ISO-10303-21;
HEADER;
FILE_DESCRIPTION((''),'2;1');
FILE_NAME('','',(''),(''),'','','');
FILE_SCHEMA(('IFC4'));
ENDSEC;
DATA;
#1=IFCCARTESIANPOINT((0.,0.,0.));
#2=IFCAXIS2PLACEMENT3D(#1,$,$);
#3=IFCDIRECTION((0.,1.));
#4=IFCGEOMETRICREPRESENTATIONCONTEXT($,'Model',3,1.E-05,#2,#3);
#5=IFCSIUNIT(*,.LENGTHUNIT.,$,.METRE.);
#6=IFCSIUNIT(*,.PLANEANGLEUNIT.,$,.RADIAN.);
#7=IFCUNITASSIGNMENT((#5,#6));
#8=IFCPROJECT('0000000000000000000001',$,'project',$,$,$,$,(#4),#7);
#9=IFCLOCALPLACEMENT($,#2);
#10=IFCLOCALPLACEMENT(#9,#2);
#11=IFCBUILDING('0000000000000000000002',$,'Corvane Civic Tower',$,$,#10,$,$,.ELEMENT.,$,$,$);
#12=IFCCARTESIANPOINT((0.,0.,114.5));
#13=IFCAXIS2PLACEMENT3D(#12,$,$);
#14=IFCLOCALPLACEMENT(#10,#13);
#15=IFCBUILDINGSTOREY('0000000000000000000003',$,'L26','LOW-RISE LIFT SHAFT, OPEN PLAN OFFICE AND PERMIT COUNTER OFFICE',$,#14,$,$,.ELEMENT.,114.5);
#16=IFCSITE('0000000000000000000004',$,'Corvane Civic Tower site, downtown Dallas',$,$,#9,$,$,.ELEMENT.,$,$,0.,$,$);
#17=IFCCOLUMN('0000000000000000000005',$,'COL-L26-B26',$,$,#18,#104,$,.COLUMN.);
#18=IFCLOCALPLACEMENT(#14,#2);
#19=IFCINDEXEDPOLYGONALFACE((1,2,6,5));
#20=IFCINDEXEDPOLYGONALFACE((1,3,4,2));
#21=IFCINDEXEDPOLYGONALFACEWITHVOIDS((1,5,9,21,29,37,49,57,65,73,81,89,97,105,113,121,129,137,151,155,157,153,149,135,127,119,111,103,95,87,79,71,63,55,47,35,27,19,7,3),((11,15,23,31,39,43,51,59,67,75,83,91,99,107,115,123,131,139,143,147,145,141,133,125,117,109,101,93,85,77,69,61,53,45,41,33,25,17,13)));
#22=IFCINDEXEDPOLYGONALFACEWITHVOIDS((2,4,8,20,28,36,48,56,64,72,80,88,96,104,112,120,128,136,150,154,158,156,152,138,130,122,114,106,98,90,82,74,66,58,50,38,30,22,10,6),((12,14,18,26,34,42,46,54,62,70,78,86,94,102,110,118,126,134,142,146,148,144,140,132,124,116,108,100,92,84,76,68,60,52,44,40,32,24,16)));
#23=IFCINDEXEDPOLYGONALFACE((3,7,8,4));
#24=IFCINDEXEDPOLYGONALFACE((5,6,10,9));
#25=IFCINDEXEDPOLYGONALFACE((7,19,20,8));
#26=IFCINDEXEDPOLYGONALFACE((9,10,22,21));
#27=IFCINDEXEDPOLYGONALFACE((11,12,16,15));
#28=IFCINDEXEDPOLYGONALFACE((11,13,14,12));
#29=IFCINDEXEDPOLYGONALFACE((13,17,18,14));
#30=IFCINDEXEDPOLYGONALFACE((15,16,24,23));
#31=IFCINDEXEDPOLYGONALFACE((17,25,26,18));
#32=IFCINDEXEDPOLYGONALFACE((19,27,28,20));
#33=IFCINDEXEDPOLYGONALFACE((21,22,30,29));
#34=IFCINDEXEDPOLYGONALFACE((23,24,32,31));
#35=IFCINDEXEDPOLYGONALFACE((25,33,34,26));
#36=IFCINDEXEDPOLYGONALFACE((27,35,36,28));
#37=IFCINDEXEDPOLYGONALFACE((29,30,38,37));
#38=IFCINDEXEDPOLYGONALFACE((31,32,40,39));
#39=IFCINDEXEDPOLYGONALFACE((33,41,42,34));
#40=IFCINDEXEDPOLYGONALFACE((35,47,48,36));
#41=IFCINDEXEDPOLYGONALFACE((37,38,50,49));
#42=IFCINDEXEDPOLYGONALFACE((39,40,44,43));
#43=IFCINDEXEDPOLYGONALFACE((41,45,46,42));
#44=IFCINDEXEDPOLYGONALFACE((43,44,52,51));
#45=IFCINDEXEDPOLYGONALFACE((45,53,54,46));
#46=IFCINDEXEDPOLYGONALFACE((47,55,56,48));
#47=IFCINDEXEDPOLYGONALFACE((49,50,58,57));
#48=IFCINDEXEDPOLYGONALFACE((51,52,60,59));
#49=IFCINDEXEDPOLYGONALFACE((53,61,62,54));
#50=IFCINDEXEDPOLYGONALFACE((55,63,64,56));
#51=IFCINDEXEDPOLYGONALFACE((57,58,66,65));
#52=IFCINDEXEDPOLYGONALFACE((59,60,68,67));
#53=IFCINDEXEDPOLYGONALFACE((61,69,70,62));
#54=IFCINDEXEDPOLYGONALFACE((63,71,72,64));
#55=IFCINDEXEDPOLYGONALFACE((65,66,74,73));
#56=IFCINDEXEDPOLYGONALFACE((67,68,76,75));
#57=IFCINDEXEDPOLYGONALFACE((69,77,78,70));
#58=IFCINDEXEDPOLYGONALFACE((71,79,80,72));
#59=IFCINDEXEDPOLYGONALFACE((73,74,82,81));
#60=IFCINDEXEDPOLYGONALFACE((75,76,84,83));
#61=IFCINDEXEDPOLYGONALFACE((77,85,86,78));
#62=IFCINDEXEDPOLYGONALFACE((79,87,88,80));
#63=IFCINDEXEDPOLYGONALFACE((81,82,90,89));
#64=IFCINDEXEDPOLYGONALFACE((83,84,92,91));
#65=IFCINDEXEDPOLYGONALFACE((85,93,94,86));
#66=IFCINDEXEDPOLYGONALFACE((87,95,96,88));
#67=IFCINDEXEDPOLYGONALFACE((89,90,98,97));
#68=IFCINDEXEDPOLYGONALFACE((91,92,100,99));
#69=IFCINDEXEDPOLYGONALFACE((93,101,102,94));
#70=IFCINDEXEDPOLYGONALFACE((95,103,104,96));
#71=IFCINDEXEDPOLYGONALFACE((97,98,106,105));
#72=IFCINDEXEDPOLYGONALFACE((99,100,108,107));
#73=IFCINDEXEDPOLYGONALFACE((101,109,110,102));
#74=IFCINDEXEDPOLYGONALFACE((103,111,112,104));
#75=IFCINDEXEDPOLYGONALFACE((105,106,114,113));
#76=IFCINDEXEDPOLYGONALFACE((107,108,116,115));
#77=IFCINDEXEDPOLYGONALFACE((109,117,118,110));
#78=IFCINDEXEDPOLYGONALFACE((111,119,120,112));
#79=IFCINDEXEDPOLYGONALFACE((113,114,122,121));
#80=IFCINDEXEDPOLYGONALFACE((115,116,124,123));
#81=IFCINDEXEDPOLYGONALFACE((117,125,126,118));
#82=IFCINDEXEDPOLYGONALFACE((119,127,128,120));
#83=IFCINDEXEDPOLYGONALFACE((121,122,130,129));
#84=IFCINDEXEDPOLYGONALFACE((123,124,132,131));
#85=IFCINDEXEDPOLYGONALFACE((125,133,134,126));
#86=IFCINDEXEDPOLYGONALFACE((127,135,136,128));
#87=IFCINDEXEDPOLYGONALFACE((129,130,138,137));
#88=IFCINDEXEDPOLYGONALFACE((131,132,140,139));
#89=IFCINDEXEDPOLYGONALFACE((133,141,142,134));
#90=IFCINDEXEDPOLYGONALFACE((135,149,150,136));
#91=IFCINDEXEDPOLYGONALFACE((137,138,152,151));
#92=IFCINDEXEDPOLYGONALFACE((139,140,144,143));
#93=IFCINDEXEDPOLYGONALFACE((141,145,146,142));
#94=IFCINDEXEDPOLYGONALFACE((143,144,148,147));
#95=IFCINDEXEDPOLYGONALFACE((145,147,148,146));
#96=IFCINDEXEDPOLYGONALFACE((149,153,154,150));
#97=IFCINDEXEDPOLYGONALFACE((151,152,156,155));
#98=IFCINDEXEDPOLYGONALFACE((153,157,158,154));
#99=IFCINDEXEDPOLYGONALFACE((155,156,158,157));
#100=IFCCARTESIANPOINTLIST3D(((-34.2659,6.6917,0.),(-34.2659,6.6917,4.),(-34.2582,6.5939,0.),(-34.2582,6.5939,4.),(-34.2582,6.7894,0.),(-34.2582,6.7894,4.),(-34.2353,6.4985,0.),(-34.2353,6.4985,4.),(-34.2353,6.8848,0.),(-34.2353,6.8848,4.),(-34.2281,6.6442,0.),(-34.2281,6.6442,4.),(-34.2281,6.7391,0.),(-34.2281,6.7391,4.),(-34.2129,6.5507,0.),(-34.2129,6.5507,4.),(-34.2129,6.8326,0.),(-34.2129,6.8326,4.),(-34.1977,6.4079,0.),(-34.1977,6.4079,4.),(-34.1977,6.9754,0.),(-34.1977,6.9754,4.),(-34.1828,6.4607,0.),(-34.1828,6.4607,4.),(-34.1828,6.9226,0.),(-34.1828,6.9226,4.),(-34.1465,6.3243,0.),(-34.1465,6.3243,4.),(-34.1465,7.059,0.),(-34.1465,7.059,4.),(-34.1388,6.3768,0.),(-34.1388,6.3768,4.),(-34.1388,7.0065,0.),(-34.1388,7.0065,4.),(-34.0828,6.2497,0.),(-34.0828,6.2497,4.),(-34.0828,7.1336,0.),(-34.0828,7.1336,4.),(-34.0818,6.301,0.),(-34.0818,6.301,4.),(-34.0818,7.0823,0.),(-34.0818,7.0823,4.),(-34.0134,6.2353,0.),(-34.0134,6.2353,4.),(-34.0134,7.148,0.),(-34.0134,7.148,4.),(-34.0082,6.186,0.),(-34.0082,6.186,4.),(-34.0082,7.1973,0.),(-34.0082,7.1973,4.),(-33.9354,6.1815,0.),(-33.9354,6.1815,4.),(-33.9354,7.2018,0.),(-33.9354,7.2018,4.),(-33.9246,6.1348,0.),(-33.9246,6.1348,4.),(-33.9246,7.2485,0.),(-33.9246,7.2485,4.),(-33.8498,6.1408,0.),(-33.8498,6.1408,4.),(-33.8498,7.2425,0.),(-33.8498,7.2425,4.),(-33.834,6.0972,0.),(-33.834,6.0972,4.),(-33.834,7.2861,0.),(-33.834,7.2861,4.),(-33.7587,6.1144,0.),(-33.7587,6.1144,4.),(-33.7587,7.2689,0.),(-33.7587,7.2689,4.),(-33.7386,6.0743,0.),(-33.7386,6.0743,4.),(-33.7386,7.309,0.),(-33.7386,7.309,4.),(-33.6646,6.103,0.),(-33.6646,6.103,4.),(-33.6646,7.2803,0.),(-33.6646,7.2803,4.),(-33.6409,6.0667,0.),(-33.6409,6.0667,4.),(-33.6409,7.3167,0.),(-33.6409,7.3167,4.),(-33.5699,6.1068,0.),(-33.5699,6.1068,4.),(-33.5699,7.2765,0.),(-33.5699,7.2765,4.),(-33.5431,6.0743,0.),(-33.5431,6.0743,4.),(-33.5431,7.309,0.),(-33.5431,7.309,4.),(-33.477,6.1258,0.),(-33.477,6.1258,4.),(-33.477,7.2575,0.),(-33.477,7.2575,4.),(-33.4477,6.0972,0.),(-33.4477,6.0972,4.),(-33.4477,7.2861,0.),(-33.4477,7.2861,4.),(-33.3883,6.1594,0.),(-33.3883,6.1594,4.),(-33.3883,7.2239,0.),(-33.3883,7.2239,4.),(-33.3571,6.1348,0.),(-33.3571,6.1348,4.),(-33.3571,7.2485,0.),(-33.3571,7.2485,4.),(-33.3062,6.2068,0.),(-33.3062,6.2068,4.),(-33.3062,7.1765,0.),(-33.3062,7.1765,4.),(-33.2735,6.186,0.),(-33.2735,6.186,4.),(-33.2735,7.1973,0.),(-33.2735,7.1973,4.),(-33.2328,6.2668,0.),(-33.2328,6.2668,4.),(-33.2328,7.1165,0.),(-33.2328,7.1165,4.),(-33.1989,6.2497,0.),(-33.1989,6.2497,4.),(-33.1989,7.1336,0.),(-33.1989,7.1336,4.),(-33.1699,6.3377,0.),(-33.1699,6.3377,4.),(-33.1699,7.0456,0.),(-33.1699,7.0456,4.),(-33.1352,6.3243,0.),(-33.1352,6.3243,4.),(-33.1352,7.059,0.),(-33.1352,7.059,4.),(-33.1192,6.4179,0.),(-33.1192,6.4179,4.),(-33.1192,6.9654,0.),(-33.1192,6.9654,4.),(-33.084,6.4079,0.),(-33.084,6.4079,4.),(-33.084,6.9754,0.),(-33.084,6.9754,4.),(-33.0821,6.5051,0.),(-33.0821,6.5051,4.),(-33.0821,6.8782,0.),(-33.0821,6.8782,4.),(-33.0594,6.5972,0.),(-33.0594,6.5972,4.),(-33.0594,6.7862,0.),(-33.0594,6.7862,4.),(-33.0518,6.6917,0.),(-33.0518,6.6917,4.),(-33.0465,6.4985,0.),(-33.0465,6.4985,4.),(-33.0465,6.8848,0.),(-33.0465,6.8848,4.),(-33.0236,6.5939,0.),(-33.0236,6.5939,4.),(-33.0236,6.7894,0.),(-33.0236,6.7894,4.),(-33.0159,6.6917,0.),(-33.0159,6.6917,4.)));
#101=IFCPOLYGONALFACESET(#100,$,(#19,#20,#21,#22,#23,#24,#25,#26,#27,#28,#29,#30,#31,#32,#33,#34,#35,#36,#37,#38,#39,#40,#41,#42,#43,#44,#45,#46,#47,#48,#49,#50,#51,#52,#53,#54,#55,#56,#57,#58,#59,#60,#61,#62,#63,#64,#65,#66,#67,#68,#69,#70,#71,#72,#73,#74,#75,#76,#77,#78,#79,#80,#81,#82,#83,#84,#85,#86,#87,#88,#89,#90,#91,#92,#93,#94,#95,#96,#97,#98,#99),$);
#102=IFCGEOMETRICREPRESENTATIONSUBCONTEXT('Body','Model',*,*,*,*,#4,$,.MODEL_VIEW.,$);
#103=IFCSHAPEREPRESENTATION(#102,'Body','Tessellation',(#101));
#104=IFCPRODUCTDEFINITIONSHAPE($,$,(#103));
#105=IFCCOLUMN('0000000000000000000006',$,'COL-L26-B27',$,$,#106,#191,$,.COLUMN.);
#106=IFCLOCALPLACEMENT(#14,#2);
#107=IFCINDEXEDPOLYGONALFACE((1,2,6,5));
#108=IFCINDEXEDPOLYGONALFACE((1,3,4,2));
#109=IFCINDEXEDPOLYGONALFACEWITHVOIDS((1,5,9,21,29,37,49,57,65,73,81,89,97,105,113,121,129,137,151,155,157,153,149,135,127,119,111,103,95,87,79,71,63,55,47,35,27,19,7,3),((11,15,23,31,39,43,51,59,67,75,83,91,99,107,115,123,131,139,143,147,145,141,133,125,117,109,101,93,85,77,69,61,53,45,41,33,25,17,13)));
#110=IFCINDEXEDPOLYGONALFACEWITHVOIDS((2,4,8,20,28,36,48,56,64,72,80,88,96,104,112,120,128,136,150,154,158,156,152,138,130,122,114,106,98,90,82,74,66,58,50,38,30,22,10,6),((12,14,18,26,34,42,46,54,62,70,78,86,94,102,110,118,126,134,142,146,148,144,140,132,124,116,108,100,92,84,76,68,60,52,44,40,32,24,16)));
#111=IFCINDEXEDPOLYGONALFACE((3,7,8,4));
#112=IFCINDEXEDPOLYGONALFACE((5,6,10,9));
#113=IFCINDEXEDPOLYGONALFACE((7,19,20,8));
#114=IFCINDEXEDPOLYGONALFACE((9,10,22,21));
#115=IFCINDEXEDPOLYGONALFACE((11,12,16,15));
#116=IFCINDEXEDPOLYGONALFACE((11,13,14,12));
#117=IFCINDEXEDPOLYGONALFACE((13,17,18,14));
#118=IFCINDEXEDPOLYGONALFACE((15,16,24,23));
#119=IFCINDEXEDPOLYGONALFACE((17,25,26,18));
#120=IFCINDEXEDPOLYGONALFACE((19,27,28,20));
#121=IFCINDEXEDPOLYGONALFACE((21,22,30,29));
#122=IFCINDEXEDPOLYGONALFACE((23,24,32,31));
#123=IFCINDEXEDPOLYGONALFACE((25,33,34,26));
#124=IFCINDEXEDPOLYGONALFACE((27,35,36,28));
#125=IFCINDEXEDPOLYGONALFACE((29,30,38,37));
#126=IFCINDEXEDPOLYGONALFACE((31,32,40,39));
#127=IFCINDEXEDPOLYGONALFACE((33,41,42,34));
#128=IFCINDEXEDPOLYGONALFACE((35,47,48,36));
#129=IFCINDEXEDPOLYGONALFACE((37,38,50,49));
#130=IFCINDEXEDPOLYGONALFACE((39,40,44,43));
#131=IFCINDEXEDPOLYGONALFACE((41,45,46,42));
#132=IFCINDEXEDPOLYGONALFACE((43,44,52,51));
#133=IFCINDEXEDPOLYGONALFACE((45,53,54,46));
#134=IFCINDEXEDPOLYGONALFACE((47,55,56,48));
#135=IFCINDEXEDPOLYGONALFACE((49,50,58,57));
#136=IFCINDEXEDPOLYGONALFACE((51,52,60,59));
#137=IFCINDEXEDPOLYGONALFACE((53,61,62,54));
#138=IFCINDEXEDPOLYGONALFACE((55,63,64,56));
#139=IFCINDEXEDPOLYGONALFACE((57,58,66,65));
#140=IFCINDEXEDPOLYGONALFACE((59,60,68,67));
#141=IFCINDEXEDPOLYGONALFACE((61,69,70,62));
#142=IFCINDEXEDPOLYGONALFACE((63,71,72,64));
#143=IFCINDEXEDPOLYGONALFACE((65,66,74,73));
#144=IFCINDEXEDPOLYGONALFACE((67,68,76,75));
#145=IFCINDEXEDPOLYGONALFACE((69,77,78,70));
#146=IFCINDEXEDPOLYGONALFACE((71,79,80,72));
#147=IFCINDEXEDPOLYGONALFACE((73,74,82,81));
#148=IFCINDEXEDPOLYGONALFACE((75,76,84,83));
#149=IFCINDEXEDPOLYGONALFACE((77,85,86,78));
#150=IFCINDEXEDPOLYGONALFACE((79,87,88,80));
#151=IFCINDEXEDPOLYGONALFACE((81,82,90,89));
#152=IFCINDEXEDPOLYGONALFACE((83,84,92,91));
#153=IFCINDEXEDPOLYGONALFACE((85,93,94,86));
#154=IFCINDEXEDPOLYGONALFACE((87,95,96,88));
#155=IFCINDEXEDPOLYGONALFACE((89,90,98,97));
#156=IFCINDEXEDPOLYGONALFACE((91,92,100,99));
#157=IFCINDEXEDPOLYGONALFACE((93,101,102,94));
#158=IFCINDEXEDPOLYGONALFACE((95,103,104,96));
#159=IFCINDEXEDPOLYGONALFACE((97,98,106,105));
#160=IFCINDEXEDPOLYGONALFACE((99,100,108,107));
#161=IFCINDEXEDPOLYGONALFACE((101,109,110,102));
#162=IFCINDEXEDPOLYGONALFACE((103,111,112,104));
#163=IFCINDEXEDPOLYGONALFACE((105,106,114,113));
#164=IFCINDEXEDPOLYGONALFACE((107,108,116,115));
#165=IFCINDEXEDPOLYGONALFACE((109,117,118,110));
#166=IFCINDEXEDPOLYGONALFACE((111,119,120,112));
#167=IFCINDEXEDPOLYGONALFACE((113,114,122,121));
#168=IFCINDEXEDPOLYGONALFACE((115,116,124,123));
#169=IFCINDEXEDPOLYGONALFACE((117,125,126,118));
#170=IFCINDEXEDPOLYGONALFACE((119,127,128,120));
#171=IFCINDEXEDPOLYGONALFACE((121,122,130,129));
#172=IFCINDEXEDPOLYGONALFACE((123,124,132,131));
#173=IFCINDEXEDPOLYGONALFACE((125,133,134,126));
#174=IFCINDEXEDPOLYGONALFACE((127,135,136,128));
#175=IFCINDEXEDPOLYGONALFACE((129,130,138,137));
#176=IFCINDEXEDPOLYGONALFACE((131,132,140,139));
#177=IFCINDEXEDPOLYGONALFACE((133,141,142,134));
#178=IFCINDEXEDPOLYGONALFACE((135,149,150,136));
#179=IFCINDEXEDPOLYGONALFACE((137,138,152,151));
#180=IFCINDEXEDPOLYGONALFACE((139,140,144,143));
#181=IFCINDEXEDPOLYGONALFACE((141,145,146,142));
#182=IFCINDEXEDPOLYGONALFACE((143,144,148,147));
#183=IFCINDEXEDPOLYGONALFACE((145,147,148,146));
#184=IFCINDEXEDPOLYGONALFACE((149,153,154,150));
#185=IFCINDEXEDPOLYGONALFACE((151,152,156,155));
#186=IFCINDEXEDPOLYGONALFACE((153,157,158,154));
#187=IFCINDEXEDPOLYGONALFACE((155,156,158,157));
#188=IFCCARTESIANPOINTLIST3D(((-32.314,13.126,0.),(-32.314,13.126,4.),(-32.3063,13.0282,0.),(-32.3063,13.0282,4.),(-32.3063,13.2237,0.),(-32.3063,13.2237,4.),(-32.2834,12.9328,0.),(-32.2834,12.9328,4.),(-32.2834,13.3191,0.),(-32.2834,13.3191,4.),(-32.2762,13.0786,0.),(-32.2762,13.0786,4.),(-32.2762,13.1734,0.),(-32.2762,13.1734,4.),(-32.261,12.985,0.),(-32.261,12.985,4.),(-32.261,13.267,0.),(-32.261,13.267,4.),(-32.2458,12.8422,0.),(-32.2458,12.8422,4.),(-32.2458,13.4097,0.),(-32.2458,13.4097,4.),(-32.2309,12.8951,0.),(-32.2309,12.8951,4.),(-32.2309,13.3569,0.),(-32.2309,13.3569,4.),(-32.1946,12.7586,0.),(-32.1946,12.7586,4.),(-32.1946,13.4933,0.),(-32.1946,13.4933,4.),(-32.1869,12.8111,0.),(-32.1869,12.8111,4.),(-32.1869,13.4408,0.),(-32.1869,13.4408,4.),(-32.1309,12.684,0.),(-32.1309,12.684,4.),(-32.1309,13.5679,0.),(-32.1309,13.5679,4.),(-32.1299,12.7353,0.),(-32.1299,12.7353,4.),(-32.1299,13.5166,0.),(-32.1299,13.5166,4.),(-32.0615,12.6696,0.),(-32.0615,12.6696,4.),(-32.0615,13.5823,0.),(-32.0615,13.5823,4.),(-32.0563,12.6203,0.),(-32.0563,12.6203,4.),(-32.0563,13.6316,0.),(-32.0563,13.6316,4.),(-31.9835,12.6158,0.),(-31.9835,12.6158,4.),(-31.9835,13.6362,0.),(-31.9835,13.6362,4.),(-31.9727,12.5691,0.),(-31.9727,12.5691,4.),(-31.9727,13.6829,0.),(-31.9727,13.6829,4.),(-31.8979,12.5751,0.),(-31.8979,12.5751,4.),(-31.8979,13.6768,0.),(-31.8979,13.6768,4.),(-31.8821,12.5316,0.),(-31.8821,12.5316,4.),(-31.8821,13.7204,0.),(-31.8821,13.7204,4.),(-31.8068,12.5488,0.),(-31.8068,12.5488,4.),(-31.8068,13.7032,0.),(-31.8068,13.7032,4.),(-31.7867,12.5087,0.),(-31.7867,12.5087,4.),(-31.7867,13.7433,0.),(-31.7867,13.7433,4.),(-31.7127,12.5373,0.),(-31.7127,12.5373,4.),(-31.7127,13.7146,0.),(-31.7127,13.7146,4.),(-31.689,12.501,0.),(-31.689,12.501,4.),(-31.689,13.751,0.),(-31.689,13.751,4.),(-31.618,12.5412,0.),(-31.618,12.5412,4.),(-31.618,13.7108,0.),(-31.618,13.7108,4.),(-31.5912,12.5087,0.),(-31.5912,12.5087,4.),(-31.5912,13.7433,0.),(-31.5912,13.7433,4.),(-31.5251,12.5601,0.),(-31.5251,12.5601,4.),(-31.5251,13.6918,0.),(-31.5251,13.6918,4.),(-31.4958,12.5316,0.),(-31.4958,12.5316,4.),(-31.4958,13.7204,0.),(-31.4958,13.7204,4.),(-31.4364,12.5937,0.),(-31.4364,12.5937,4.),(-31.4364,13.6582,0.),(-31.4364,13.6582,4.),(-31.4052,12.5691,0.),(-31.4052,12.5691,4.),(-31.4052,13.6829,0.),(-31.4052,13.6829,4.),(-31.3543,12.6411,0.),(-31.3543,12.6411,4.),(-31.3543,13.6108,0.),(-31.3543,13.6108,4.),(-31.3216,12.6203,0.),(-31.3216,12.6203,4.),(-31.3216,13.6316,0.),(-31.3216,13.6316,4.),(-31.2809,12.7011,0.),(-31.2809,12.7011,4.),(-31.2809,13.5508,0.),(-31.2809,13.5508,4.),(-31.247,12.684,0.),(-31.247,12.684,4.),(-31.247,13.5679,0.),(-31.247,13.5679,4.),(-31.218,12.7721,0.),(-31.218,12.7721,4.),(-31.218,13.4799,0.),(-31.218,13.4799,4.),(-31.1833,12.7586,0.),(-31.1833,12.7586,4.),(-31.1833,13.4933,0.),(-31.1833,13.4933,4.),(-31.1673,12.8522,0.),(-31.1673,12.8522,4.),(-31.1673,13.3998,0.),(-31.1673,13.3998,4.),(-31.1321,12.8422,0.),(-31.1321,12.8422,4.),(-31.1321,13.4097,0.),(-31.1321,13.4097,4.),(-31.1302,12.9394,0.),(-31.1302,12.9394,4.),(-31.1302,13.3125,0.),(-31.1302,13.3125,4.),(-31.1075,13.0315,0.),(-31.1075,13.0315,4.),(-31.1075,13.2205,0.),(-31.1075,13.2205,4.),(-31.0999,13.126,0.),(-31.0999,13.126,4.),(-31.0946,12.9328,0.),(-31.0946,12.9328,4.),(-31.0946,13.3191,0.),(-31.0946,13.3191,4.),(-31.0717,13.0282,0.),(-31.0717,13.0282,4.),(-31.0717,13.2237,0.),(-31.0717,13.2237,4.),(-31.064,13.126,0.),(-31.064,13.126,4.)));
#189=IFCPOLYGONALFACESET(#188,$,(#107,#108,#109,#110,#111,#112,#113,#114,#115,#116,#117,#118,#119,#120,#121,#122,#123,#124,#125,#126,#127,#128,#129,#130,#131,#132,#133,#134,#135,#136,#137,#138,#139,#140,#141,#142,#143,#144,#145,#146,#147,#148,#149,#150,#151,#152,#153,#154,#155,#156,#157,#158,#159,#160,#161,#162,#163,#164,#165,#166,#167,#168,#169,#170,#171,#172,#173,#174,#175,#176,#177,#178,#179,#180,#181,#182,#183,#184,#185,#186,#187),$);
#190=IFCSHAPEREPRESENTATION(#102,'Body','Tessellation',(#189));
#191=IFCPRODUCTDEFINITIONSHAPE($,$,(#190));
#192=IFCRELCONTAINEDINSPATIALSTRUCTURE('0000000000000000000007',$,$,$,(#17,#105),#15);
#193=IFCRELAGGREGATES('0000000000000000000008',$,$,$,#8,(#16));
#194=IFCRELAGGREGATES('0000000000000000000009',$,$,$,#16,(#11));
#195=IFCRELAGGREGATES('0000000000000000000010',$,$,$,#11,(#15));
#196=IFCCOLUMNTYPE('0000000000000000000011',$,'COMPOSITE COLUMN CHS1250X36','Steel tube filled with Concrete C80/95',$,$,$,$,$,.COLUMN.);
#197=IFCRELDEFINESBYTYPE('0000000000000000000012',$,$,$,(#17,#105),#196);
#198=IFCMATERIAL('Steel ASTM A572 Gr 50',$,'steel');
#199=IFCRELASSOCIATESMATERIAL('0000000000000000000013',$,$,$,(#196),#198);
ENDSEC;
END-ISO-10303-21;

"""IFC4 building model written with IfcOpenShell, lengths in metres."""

from ifc_helpers import new_model, si_unit, direction, frame, origin, origin_2d, place, context, subcontext, project, spatial, hollow_circle, extrude, material, material_profile, profile_set, type_object, element, save


model = new_model("IFC4")

# Units and contexts
model_context = context("Model", 3, precision=1e-05, world=origin(), true_north=direction((0.0, 1.0)))
body_context = subcontext(model_context, "Body", "Model", "MODEL_VIEW")
ifc_project = project(units=[si_unit("LENGTHUNIT", "METRE"), si_unit("PLANEANGLEUNIT", "RADIAN")], contexts=[model_context])

# Site, building, storey
site_placement = place(None, origin())
site = spatial("IfcSite", under=ifc_project, at=site_placement, Name="Corvane Civic Tower site, downtown Dallas", CompositionType="ELEMENT", RefElevation=0.0)
building_placement = place(site_placement, origin())
building = spatial("IfcBuilding", under=site, at=building_placement, Name="Corvane Civic Tower", CompositionType="ELEMENT")
storey_placement = place(building_placement, frame((0.0, 0.0, 114.5)))
storey = spatial("IfcBuildingStorey", under=building, at=storey_placement, Name="L26", Description="LOW-RISE LIFT SHAFT, OPEN PLAN OFFICE AND PERMIT COUNTER OFFICE", CompositionType="ELEMENT", Elevation=114.5)

# Columns
ifc_material_1 = material(Name="Steel ASTM A572 Gr 50", Category="steel")
ifc_material_profile_1 = material_profile(ifc_material_1, hollow_circle(Radius=0.625, WallThickness=0.0359, at=origin_2d()), Name="CHS1250X36")
ifc_profile_set_1 = profile_set([ifc_material_profile_1], Name="Steel ASTM A572 Gr 50")
column_type = type_object("IfcColumnType", Name="COMPOSITE COLUMN CHS1250X36", Description="Steel tube filled with Concrete C80/95", PredefinedType="COLUMN", material=ifc_profile_set_1)
for number, where, z_axis, x_axis, name in (
    (1, (-33.6409, 6.6917, 0.0), (0.0, 0.0, 1.0), (1.0, 0.0, 0.0), "COL-L26-B26"),
    (2, (-31.689, 13.126, 0.0), (0.0, 0.0, 1.0), (1.0, 0.0, 0.0), "COL-L26-B27"),
):
    element("IfcColumn", number, at=place(storey_placement, frame(where, z_axis=z_axis, x_axis=x_axis)), inside=storey, type_object=column_type, Name=name, PredefinedType="COLUMN", context=body_context, shape_type="SweptSolid", body=[
        extrude(hollow_circle(Radius=0.625, WallThickness=0.0359, at=origin_2d()), origin(), (0.0, 0.0, 1.0), 4.0),
    ])

save(model, "model.ifc")
